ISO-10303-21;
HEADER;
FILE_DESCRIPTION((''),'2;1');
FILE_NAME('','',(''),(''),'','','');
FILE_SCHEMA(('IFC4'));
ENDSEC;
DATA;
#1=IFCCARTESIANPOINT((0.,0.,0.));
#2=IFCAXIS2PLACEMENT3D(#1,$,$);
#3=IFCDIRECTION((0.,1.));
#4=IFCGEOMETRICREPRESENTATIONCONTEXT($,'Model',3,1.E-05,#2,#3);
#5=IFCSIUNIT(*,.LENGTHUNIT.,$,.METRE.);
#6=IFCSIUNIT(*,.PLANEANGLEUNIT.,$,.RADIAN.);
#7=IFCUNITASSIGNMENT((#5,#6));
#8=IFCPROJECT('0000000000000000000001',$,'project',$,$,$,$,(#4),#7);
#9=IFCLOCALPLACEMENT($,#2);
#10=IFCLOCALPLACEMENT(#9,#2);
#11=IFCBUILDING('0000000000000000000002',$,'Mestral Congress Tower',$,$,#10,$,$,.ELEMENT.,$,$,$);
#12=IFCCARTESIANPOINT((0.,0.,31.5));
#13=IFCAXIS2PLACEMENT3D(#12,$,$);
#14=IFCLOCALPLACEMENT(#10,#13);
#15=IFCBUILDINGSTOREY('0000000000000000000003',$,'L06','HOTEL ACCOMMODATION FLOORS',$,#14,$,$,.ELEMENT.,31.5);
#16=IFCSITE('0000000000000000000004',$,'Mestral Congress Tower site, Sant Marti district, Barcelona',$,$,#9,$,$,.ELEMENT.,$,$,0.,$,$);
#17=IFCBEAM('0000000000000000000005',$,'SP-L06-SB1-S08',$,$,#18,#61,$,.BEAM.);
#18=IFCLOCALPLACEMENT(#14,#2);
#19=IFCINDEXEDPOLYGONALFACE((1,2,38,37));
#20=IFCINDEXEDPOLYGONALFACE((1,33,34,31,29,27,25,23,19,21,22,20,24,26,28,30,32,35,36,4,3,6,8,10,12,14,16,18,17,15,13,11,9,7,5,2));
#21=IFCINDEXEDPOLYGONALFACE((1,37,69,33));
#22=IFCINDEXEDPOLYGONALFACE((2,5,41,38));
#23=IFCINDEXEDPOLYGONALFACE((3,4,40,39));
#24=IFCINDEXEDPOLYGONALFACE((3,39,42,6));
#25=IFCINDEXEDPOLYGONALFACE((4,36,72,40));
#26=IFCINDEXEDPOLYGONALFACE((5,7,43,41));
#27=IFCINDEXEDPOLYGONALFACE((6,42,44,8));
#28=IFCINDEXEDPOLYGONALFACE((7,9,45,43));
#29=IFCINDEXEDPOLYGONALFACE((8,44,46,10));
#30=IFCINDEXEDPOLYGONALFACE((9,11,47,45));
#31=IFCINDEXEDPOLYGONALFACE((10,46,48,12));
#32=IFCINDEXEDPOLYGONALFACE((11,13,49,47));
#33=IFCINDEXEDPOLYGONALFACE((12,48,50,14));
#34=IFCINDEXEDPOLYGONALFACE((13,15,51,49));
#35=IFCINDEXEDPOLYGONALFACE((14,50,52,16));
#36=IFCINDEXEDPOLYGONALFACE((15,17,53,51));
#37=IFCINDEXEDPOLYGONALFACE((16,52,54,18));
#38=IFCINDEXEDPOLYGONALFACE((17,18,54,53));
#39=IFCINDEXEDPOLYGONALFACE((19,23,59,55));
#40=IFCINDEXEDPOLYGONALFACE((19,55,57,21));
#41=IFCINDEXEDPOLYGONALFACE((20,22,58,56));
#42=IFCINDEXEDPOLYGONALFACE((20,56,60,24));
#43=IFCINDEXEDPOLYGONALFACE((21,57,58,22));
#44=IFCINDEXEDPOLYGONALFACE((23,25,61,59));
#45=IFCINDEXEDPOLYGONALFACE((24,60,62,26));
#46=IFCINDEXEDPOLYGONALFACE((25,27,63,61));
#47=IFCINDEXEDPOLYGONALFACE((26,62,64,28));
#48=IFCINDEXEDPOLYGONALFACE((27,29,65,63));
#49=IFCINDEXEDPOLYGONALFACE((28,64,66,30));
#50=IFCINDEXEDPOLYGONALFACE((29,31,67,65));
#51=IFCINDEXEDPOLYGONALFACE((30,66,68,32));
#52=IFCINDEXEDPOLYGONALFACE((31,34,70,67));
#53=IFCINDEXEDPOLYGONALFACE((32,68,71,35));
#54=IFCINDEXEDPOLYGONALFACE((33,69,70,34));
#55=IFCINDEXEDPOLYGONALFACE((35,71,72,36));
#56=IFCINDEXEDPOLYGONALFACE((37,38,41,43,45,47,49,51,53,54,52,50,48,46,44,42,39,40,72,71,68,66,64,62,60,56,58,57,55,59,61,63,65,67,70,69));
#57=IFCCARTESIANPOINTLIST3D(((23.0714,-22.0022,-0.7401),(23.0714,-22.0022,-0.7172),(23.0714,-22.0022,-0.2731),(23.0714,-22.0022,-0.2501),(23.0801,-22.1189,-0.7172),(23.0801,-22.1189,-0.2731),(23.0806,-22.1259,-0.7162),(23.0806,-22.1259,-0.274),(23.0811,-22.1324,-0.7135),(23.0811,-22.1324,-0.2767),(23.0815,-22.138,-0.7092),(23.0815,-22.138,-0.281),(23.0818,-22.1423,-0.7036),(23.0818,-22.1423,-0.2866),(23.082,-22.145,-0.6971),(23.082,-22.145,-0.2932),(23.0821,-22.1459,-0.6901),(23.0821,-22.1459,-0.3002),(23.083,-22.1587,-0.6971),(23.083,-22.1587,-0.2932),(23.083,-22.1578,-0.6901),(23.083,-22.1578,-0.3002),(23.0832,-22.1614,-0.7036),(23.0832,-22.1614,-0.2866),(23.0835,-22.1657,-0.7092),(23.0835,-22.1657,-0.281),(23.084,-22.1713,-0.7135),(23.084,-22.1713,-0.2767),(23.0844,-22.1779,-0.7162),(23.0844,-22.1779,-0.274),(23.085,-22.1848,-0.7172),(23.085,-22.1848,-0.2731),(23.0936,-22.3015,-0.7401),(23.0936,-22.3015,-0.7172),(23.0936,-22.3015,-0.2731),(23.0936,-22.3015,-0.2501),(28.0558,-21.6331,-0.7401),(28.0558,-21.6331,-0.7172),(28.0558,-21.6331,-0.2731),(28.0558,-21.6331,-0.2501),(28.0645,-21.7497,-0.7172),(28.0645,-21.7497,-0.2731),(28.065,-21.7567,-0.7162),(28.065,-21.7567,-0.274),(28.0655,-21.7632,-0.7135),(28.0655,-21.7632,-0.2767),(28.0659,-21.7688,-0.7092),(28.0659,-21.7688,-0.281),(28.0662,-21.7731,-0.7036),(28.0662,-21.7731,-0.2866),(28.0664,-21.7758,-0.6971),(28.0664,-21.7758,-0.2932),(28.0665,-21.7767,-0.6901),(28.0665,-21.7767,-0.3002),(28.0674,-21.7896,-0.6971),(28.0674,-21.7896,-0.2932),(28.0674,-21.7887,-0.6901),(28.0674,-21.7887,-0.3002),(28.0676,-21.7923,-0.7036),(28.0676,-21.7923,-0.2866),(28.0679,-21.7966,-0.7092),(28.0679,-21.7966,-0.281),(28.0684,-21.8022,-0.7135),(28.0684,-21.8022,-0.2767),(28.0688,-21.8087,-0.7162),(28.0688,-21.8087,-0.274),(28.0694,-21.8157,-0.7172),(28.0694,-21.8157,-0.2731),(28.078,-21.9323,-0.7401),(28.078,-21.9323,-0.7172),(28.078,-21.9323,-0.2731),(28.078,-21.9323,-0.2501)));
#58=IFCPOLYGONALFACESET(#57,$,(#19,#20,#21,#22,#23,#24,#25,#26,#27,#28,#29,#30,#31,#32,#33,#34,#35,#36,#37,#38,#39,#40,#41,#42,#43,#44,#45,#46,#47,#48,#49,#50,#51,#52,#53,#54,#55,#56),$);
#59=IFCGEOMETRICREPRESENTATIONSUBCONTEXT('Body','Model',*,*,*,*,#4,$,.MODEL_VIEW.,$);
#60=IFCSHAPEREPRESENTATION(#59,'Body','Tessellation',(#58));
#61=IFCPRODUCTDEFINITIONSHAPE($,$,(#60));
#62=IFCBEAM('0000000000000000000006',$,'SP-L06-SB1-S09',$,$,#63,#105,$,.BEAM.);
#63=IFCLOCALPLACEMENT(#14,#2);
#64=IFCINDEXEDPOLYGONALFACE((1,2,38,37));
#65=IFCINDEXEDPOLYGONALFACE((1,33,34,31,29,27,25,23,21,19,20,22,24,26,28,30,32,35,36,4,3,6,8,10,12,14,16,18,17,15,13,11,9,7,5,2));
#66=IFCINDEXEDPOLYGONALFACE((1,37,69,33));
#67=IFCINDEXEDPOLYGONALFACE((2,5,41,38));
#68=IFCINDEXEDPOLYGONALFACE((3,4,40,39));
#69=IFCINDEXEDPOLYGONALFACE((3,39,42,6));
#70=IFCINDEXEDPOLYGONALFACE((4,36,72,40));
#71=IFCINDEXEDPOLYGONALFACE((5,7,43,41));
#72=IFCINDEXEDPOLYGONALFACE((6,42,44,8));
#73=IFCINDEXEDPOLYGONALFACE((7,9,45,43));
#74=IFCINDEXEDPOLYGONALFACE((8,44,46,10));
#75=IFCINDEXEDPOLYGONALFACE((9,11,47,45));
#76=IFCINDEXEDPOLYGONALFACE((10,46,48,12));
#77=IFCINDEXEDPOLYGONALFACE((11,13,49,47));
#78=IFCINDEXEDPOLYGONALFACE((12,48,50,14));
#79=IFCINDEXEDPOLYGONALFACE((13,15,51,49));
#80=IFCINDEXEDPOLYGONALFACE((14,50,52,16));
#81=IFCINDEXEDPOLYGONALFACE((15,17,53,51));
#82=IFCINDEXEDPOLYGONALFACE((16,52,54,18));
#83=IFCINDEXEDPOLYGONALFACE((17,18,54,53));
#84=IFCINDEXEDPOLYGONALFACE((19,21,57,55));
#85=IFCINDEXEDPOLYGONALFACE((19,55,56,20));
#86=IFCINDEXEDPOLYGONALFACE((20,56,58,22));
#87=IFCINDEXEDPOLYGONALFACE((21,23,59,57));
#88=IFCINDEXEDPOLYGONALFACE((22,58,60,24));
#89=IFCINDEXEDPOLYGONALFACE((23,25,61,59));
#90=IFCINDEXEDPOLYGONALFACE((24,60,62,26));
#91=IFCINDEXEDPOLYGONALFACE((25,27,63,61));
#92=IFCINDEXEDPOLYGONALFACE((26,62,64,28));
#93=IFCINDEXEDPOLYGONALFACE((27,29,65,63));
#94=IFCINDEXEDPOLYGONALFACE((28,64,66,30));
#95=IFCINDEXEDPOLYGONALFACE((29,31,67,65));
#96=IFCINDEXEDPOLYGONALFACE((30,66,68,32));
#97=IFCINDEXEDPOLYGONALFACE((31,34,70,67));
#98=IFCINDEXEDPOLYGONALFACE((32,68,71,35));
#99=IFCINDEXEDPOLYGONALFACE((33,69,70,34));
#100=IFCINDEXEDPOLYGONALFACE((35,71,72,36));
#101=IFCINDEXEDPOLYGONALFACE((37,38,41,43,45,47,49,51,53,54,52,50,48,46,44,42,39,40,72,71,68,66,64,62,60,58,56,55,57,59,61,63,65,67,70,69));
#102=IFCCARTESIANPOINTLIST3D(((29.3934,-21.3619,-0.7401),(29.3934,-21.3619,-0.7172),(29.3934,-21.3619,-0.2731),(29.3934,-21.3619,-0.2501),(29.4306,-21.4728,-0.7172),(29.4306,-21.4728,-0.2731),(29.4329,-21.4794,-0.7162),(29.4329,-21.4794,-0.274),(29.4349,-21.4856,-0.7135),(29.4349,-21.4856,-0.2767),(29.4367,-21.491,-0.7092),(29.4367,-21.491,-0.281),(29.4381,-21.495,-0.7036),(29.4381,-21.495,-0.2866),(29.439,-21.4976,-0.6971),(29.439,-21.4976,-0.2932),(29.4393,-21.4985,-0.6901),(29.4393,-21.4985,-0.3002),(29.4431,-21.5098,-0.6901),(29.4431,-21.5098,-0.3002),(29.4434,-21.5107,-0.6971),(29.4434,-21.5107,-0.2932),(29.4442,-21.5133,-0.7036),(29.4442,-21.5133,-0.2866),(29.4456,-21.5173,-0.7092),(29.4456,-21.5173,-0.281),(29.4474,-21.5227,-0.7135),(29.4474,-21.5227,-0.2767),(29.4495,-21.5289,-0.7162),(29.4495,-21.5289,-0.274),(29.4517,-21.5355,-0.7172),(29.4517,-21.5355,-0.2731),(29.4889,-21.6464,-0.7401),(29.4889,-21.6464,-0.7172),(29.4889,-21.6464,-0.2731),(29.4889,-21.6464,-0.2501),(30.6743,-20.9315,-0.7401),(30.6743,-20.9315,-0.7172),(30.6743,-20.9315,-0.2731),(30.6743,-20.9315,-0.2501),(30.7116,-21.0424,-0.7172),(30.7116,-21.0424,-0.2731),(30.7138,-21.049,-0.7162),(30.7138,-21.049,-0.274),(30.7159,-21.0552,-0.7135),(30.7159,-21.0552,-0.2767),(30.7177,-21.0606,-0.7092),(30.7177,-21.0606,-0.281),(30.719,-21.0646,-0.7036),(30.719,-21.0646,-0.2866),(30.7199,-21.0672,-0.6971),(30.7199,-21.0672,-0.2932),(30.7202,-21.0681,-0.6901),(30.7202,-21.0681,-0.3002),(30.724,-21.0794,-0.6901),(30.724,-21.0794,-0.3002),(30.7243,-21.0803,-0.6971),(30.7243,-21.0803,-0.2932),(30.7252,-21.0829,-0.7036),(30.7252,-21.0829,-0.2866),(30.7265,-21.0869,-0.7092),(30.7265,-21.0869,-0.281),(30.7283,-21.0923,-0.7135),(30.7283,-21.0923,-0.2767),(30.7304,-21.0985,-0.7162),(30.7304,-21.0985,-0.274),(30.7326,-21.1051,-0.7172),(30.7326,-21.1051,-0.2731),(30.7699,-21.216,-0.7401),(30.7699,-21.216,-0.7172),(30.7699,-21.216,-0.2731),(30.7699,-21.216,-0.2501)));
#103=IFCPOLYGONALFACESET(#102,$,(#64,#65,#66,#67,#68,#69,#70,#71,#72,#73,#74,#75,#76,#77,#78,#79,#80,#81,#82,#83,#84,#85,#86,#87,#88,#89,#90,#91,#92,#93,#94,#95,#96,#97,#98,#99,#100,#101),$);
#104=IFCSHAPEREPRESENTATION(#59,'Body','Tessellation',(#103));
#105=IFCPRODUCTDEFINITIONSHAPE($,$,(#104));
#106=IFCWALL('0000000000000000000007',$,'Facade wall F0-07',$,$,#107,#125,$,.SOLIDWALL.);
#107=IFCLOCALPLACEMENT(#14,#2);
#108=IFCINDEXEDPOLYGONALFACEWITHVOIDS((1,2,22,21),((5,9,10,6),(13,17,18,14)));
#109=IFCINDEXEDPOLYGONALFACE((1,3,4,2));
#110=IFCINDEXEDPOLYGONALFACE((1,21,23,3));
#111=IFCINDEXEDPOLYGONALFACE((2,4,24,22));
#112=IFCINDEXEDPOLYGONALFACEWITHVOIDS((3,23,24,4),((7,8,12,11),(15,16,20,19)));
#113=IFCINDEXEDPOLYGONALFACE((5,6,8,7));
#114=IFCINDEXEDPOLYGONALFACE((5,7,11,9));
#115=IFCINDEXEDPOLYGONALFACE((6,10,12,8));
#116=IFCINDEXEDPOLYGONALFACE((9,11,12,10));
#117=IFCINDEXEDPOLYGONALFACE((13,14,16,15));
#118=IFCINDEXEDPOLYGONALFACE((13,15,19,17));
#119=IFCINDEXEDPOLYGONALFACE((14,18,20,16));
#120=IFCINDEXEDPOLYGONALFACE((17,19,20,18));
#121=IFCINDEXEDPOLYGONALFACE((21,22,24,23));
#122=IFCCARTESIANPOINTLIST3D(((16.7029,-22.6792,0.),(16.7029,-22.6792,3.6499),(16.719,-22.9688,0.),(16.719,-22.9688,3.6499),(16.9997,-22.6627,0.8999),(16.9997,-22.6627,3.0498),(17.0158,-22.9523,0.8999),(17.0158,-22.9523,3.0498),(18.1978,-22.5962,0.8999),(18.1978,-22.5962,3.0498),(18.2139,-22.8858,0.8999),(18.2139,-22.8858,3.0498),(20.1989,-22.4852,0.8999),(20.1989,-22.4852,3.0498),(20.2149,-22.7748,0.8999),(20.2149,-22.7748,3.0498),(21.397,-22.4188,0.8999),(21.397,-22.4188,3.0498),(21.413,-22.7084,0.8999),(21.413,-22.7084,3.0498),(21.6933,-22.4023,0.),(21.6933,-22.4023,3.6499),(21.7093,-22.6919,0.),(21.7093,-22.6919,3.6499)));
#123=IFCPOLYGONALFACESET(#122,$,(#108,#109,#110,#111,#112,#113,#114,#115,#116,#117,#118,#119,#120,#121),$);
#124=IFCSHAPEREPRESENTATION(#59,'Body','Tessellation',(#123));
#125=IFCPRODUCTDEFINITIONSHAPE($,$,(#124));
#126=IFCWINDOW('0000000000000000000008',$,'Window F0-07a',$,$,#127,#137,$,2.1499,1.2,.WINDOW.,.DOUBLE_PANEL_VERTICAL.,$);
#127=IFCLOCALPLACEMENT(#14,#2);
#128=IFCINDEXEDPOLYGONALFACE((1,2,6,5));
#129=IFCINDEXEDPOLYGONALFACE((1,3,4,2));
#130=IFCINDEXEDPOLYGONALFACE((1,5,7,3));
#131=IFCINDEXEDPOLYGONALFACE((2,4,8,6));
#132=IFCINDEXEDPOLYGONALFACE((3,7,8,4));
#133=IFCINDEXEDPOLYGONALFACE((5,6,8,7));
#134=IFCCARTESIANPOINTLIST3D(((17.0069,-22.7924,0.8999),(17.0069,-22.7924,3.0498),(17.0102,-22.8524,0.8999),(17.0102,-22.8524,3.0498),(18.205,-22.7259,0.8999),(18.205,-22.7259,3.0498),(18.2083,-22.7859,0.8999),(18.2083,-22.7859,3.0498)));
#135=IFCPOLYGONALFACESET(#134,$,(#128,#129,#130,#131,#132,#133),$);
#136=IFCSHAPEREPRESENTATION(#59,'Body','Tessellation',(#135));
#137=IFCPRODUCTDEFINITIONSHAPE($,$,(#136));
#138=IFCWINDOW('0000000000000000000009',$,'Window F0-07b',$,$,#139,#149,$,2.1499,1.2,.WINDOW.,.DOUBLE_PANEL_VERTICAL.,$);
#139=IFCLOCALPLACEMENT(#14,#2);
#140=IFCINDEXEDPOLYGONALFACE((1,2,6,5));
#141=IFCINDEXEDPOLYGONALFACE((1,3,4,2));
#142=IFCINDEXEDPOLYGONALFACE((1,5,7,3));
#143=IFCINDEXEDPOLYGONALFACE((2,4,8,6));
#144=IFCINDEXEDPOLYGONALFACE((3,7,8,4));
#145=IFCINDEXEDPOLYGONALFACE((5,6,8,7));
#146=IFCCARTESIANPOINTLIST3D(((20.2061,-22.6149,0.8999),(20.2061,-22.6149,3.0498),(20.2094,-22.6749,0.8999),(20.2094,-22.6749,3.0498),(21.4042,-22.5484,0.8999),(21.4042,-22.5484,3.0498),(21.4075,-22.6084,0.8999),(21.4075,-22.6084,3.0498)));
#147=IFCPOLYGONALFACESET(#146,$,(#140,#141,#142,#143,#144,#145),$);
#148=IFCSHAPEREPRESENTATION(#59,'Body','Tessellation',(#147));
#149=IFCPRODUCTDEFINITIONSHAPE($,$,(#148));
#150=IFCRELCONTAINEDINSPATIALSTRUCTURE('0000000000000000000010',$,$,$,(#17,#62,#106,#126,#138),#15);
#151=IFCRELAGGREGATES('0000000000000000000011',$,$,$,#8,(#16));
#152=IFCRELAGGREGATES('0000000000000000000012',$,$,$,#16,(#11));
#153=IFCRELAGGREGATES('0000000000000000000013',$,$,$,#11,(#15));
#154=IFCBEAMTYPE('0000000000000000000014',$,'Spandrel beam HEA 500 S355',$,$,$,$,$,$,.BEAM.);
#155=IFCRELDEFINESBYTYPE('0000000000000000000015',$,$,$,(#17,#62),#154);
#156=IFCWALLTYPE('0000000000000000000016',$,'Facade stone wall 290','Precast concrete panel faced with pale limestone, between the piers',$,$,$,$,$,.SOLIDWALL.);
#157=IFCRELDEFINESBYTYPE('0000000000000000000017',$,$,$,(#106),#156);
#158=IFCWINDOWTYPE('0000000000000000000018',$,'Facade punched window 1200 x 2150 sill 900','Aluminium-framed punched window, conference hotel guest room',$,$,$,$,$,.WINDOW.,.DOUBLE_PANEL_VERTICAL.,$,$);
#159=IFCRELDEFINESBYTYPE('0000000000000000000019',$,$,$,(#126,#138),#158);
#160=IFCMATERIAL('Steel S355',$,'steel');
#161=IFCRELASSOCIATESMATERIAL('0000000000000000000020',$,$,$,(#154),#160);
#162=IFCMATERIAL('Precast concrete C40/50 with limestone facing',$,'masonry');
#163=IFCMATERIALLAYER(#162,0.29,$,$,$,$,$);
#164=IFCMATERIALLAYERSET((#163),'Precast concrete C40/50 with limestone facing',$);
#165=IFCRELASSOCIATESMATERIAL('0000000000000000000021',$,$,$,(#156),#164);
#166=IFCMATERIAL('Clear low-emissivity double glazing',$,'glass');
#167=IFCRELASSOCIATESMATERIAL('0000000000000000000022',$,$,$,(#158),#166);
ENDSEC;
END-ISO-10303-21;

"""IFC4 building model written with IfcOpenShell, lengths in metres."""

from ifc_helpers import new_model, si_unit, direction, frame, frame_2d, origin, origin_2d, place, context, subcontext, project, spatial, rectangle, i_section, extrude, material, layer, layer_set, material_profile, profile_set, type_object, element, fill, save


model = new_model("IFC4")

# Units and contexts
model_context = context("Model", 3, precision=1e-05, world=origin(), true_north=direction((0.0, 1.0)))
body_context = subcontext(model_context, "Body", "Model", "MODEL_VIEW")
ifc_project = project(units=[si_unit("LENGTHUNIT", "METRE"), si_unit("PLANEANGLEUNIT", "RADIAN")], contexts=[model_context])

# Site, building, storey
site_placement = place(None, origin())
site = spatial("IfcSite", under=ifc_project, at=site_placement, Name="Mestral Congress Tower site, Sant Marti district, Barcelona", CompositionType="ELEMENT", RefElevation=0.0)
building_placement = place(site_placement, origin())
building = spatial("IfcBuilding", under=site, at=building_placement, Name="Mestral Congress Tower", CompositionType="ELEMENT")
storey_placement = place(building_placement, frame((0.0, 0.0, 31.5)))
storey = spatial("IfcBuildingStorey", under=building, at=storey_placement, Name="L06", Description="HOTEL ACCOMMODATION FLOORS", CompositionType="ELEMENT", Elevation=31.5)

# Beams
ifc_material_1 = material(Name="Steel S355", Category="steel")
ifc_material_profile_1 = material_profile(ifc_material_1, i_section(OverallWidth=0.3, OverallDepth=0.49, WebThickness=0.012, FlangeThickness=0.0229, FilletRadius=0.0271, at=origin_2d()), Name="HEA 500")
ifc_profile_set_1 = profile_set([ifc_material_profile_1], Name="Steel S355")
beam_type_1 = type_object("IfcBeamType", Name="Spandrel beam HEA 500 S355", PredefinedType="BEAM", material=ifc_profile_set_1)
beam_1_placement = place(storey_placement, frame((23.0825, -22.1519, -0.4951), z_axis=(0.997269, 0.073857, 0.0), x_axis=(-0.073857, 0.997269, 0.0)))
element("IfcBeam", 1, at=beam_1_placement, inside=storey, type_object=beam_type_1, Name="SP-L06-SB1-S08", PredefinedType="BEAM", context=body_context, shape_type="SweptSolid", body=[
    extrude(i_section(OverallWidth=0.3, OverallDepth=0.49, WebThickness=0.012, FlangeThickness=0.0229, FilletRadius=0.0271, at=origin_2d()), origin(), (0.0, 0.0, 1.0), 4.998),
])
beam_2_placement = place(storey_placement, frame((29.4412, -21.5042, -0.4951), z_axis=(0.947922, 0.318503, 0.0), x_axis=(-0.318503, 0.947922, 0.0)))
element("IfcBeam", 2, at=beam_2_placement, inside=storey, type_object=beam_type_1, Name="SP-L06-SB1-S09", PredefinedType="BEAM", context=body_context, shape_type="SweptSolid", body=[
    extrude(i_section(OverallWidth=0.3, OverallDepth=0.49, WebThickness=0.012, FlangeThickness=0.0229, FilletRadius=0.0271, at=origin_2d()), origin(), (0.0, 0.0, 1.0), 1.3513),
])

# Wall, openings, windows
ifc_material_2 = material(Name="Precast concrete C40/50 with limestone facing", Category="masonry")
ifc_layer_1 = layer(ifc_material_2, 0.29)
ifc_layer_set_1 = layer_set([ifc_layer_1], Name="Precast concrete C40/50 with limestone facing")
wall_type_1 = type_object("IfcWallType", Name="Facade stone wall 290", Description="Precast concrete panel faced with pale limestone, between the piers", PredefinedType="SOLIDWALL", material=ifc_layer_set_1)
wall_1_placement = place(storey_placement, frame((16.7109, -22.824, 0.0), z_axis=(0.0, 0.0, 1.0), x_axis=(0.998465, 0.055392, 0.0)))
wall_1 = element("IfcWall", 3, at=wall_1_placement, inside=storey, type_object=wall_type_1, Name="Facade wall F0-07", PredefinedType="SOLIDWALL", context=body_context, shape_type="SweptSolid", body=[
    extrude(rectangle(XDim=4.998, YDim=0.29, at=frame_2d((2.499, 0.0))), origin(), (0.0, 0.0, 1.0), 3.6499),
])
opening_1_placement = place(wall_1_placement, frame((0.2971, 0.0, 0.8999)))
opening_1 = element("IfcOpeningElement", 4, at=opening_1_placement, cuts=wall_1, PredefinedType="OPENING", context=body_context, shape_type="SweptSolid", body=[
    extrude(rectangle(XDim=1.2, YDim=2.1499, at=frame_2d((0.6001, 1.075))), frame((0.0, 0.155, 0.0), z_axis=(0.0, -1.0, 0.0), x_axis=(1.0, 0.0, 0.0)), (0.0, 0.0, 1.0), 0.3101),
])
opening_2_placement = place(wall_1_placement, frame((3.5012, 0.0, 0.8999)))
opening_2 = element("IfcOpeningElement", 5, at=opening_2_placement, cuts=wall_1, PredefinedType="OPENING", context=body_context, shape_type="SweptSolid", body=[
    extrude(rectangle(XDim=1.2, YDim=2.1499, at=frame_2d((0.6001, 1.075))), frame((0.0, 0.155, 0.0), z_axis=(0.0, -1.0, 0.0), x_axis=(1.0, 0.0, 0.0)), (0.0, 0.0, 1.0), 0.3101),
])
ifc_material_3 = material(Name="Clear low-emissivity double glazing", Category="glass")
window_type_1 = type_object("IfcWindowType", Name="Facade punched window 1200 x 2150 sill 900", Description="Aluminium-framed punched window, conference hotel guest room", PartitioningType="DOUBLE_PANEL_VERTICAL", PredefinedType="WINDOW", material=ifc_material_3)
window_1_placement = place(opening_1_placement, origin())
window_1 = element("IfcWindow", 6, at=window_1_placement, inside=storey, type_object=window_type_1, Name="Window F0-07a", OverallHeight=2.1499, OverallWidth=1.2, PartitioningType="DOUBLE_PANEL_VERTICAL", PredefinedType="WINDOW", context=body_context, shape_type="SweptSolid", body=[
    extrude(rectangle(XDim=1.2, YDim=2.1499, at=frame_2d((0.6001, 1.075))), frame((0.0, 0.0151, 0.0), z_axis=(0.0, -1.0, 0.0), x_axis=(1.0, 0.0, 0.0)), (0.0, 0.0, 1.0), 0.0601),
])
fill(opening_1, window_1)
window_2_placement = place(opening_2_placement, origin())
window_2 = element("IfcWindow", 7, at=window_2_placement, inside=storey, type_object=window_type_1, Name="Window F0-07b", OverallHeight=2.1499, OverallWidth=1.2, PartitioningType="DOUBLE_PANEL_VERTICAL", PredefinedType="WINDOW", context=body_context, shape_type="SweptSolid", body=[
    extrude(rectangle(XDim=1.2, YDim=2.1499, at=frame_2d((0.6001, 1.075))), frame((0.0, 0.0151, 0.0), z_axis=(0.0, -1.0, 0.0), x_axis=(1.0, 0.0, 0.0)), (0.0, 0.0, 1.0), 0.0601),
])
fill(opening_2, window_2)

save(model, "model.ifc")
